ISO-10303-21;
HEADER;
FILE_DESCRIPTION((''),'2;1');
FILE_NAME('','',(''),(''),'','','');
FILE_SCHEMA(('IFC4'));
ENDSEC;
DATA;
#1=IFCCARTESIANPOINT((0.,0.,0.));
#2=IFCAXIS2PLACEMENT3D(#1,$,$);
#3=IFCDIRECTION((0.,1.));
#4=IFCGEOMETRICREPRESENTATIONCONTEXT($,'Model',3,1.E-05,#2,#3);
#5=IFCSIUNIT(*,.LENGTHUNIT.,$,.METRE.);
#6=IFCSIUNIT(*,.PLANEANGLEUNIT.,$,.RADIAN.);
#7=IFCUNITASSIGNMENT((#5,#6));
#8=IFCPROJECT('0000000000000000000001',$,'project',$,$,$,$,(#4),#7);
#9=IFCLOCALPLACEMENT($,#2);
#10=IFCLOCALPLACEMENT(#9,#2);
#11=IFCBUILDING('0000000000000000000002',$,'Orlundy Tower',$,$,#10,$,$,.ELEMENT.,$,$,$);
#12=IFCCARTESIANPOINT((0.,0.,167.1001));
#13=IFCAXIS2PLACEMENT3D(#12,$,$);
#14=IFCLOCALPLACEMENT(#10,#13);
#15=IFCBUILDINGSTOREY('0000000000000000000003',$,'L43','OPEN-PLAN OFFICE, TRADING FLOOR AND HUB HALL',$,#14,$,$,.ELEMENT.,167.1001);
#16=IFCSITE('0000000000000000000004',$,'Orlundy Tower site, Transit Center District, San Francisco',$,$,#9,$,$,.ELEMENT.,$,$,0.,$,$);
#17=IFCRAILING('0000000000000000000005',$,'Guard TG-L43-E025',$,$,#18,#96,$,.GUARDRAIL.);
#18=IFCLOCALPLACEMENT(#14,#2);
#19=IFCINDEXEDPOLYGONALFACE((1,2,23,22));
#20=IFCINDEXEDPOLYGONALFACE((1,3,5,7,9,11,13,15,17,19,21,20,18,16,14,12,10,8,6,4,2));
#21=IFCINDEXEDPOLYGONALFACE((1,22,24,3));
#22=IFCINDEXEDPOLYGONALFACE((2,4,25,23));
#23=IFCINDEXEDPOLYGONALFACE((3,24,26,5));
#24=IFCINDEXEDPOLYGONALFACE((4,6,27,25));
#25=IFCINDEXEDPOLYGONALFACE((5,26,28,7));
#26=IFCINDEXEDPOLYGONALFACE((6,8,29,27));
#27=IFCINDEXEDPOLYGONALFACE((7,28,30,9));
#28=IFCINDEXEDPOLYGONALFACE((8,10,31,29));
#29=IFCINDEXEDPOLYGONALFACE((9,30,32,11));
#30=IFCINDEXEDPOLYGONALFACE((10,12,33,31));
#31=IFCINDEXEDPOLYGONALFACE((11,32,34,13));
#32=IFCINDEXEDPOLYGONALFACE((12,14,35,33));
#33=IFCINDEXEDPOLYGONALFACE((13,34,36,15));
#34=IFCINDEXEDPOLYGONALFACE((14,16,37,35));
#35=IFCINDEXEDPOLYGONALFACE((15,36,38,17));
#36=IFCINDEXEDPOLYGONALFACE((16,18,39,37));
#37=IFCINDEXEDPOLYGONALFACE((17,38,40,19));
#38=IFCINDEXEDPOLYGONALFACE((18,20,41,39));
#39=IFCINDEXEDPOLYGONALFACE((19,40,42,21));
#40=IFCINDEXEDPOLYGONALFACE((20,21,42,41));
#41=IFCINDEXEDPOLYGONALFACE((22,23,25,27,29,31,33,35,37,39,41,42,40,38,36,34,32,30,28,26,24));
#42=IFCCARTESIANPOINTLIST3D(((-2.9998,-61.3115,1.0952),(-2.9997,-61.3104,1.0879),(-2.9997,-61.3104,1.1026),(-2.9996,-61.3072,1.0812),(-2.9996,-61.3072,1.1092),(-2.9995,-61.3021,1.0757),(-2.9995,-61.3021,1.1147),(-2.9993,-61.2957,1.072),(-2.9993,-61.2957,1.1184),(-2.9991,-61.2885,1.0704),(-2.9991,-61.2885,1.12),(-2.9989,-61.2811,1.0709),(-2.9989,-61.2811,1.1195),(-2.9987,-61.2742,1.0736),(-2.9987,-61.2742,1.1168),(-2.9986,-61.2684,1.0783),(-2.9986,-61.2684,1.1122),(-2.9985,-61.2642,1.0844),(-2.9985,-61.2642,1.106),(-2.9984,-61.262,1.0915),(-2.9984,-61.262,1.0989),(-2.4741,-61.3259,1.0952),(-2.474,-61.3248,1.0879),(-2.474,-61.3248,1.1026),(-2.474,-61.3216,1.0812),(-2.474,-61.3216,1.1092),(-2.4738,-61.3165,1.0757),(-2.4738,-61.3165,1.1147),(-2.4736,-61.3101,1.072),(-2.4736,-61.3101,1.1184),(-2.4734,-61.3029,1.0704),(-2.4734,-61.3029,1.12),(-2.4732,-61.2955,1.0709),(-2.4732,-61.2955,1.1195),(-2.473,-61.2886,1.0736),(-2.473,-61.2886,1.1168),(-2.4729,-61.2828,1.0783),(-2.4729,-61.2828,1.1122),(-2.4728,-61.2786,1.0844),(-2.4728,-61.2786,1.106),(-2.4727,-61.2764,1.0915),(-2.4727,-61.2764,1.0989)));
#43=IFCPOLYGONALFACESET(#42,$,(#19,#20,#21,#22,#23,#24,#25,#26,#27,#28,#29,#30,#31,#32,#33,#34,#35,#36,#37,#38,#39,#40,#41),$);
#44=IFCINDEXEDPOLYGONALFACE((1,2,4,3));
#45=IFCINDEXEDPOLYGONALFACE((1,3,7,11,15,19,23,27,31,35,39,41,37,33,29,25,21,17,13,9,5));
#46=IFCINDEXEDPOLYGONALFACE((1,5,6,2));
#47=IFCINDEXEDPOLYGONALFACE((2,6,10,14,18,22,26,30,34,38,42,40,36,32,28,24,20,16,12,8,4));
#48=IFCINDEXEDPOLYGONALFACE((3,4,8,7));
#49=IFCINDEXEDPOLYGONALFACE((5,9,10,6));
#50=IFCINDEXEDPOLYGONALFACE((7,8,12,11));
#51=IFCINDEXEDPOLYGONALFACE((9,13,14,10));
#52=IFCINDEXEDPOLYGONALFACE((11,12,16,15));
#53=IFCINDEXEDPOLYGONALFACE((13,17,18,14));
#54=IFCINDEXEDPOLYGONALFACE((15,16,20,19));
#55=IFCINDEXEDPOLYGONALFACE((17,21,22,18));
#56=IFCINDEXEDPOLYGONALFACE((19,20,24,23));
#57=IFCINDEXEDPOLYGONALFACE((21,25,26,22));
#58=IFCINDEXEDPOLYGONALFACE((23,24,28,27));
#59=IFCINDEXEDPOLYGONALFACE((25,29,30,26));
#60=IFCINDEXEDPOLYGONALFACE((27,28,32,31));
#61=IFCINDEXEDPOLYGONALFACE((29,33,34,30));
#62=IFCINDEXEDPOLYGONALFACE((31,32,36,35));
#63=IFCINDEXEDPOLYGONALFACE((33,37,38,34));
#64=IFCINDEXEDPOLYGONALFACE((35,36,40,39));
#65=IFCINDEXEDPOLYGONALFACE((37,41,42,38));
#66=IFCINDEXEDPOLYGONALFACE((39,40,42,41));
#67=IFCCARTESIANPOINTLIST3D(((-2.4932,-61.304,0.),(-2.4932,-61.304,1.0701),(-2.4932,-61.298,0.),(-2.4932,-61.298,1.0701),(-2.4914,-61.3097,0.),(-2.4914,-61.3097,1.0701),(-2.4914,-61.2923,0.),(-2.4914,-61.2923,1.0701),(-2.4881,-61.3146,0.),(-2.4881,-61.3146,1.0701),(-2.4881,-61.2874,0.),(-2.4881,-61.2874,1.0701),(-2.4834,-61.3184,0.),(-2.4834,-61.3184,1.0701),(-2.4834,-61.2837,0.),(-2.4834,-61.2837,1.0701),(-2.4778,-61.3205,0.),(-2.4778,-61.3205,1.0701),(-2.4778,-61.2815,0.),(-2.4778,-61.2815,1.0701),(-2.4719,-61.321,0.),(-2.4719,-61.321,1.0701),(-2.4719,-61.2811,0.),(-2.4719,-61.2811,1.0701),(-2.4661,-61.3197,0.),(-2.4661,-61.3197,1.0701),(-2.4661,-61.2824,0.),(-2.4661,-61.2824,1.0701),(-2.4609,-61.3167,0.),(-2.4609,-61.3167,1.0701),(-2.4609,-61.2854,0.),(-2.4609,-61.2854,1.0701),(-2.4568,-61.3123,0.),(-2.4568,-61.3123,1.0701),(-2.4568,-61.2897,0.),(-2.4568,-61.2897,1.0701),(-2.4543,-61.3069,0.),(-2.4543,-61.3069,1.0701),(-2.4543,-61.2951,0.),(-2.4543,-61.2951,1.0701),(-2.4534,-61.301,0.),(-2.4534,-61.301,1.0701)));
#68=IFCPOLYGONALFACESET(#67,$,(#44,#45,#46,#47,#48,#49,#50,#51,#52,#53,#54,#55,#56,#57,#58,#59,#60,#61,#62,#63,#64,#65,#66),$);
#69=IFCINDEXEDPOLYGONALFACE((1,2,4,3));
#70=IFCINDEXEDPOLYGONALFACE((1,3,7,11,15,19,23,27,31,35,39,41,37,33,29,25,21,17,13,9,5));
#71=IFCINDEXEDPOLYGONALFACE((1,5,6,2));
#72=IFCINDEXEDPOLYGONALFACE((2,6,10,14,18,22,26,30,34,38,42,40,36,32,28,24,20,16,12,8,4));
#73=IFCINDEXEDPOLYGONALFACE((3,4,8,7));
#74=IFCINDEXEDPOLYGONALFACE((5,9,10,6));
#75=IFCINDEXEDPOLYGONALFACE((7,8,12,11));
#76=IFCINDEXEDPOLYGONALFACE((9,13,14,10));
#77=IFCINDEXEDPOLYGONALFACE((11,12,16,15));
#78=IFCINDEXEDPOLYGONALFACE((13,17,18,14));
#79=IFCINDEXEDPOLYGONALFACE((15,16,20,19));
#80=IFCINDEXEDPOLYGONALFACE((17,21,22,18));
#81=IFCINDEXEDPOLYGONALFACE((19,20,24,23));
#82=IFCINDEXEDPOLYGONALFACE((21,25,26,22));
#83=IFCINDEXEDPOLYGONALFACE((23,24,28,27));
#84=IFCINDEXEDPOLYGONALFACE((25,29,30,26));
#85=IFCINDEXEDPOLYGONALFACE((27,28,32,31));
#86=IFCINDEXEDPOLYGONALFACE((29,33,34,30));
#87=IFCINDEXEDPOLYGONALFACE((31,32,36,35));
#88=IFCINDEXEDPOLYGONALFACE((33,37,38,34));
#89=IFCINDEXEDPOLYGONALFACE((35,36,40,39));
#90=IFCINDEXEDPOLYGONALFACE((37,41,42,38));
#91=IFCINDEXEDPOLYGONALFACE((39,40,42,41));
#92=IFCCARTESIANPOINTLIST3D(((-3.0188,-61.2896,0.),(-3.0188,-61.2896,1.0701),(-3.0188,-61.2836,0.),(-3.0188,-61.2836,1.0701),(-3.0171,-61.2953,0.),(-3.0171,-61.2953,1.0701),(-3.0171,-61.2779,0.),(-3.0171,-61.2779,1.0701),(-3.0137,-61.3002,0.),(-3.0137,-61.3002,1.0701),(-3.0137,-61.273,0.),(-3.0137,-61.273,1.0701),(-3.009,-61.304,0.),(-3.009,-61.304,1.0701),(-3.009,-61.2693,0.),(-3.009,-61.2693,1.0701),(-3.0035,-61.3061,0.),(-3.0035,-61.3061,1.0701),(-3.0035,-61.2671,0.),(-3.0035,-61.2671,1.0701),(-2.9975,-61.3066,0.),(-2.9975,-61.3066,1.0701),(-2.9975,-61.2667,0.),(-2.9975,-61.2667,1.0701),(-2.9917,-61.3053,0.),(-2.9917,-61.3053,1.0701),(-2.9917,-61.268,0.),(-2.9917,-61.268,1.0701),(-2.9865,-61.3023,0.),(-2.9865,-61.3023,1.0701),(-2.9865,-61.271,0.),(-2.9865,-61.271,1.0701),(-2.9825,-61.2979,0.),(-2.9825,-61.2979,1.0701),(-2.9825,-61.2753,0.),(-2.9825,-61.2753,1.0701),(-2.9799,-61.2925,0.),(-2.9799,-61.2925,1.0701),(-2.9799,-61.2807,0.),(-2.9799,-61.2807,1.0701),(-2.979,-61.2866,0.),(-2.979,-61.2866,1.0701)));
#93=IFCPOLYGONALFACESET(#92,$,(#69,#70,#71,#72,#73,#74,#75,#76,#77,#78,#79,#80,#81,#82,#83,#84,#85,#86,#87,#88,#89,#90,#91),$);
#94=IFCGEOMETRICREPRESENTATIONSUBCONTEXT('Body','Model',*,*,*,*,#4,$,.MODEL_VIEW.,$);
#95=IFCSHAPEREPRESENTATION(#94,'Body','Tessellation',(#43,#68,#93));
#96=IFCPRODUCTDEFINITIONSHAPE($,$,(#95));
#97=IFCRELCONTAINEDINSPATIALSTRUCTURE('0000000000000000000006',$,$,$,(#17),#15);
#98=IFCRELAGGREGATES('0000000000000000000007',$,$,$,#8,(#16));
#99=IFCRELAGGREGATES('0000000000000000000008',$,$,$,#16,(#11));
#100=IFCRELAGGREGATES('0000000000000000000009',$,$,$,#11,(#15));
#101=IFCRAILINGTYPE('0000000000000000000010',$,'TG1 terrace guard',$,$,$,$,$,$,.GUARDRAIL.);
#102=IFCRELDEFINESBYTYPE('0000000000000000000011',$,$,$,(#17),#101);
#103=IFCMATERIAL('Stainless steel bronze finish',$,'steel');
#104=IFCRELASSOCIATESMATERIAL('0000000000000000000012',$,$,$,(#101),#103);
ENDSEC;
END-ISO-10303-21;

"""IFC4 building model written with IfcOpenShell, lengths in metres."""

from ifc_helpers import new_model, si_unit, direction, frame, origin, origin_2d, place, context, subcontext, project, spatial, circle, extrude, material, type_object, element, save


model = new_model("IFC4")

# Units and contexts
model_context = context("Model", 3, precision=1e-05, world=origin(), true_north=direction((0.0, 1.0)))
body_context = subcontext(model_context, "Body", "Model", "MODEL_VIEW")
ifc_project = project(units=[si_unit("LENGTHUNIT", "METRE"), si_unit("PLANEANGLEUNIT", "RADIAN")], contexts=[model_context])

# Site, building, storey
site_placement = place(None, origin())
site = spatial("IfcSite", under=ifc_project, at=site_placement, Name="Orlundy Tower site, Transit Center District, San Francisco", CompositionType="ELEMENT", RefElevation=0.0)
building_placement = place(site_placement, origin())
building = spatial("IfcBuilding", under=site, at=building_placement, Name="Orlundy Tower", CompositionType="ELEMENT")
storey_placement = place(building_placement, frame((0.0, 0.0, 167.1001)))
storey = spatial("IfcBuildingStorey", under=building, at=storey_placement, Name="L43", Description="OPEN-PLAN OFFICE, TRADING FLOOR AND HUB HALL", CompositionType="ELEMENT", Elevation=167.1001)

# Railing
ifc_material_1 = material(Name="Stainless steel bronze finish", Category="steel")
railing_type = type_object("IfcRailingType", Name="TG1 terrace guard", PredefinedType="GUARDRAIL", material=ifc_material_1)
railing_1_placement = place(storey_placement, frame((-2.4734, -61.301, 0.0)))
element("IfcRailing", 1, at=railing_1_placement, inside=storey, type_object=railing_type, Name="Guard TG-L43-E025", PredefinedType="GUARDRAIL", context=body_context, shape_type="SweptSolid", body=[
    extrude(circle(Radius=0.0249, at=origin_2d()), frame((0.0, 0.0, 1.0952), z_axis=(-0.999625, 0.027393, 0.0), x_axis=(-0.027393, -0.999625, 0.0)), (0.0, 0.0, 1.0), 0.5259),
    extrude(circle(Radius=0.02, at=origin_2d()), origin(), (0.0, 0.0, 1.0), 1.0701),
    extrude(circle(Radius=0.02, at=origin_2d()), frame((-0.5256, 0.0144, 0.0)), (0.0, 0.0, 1.0), 1.0701),
])

save(model, "model.ifc")
